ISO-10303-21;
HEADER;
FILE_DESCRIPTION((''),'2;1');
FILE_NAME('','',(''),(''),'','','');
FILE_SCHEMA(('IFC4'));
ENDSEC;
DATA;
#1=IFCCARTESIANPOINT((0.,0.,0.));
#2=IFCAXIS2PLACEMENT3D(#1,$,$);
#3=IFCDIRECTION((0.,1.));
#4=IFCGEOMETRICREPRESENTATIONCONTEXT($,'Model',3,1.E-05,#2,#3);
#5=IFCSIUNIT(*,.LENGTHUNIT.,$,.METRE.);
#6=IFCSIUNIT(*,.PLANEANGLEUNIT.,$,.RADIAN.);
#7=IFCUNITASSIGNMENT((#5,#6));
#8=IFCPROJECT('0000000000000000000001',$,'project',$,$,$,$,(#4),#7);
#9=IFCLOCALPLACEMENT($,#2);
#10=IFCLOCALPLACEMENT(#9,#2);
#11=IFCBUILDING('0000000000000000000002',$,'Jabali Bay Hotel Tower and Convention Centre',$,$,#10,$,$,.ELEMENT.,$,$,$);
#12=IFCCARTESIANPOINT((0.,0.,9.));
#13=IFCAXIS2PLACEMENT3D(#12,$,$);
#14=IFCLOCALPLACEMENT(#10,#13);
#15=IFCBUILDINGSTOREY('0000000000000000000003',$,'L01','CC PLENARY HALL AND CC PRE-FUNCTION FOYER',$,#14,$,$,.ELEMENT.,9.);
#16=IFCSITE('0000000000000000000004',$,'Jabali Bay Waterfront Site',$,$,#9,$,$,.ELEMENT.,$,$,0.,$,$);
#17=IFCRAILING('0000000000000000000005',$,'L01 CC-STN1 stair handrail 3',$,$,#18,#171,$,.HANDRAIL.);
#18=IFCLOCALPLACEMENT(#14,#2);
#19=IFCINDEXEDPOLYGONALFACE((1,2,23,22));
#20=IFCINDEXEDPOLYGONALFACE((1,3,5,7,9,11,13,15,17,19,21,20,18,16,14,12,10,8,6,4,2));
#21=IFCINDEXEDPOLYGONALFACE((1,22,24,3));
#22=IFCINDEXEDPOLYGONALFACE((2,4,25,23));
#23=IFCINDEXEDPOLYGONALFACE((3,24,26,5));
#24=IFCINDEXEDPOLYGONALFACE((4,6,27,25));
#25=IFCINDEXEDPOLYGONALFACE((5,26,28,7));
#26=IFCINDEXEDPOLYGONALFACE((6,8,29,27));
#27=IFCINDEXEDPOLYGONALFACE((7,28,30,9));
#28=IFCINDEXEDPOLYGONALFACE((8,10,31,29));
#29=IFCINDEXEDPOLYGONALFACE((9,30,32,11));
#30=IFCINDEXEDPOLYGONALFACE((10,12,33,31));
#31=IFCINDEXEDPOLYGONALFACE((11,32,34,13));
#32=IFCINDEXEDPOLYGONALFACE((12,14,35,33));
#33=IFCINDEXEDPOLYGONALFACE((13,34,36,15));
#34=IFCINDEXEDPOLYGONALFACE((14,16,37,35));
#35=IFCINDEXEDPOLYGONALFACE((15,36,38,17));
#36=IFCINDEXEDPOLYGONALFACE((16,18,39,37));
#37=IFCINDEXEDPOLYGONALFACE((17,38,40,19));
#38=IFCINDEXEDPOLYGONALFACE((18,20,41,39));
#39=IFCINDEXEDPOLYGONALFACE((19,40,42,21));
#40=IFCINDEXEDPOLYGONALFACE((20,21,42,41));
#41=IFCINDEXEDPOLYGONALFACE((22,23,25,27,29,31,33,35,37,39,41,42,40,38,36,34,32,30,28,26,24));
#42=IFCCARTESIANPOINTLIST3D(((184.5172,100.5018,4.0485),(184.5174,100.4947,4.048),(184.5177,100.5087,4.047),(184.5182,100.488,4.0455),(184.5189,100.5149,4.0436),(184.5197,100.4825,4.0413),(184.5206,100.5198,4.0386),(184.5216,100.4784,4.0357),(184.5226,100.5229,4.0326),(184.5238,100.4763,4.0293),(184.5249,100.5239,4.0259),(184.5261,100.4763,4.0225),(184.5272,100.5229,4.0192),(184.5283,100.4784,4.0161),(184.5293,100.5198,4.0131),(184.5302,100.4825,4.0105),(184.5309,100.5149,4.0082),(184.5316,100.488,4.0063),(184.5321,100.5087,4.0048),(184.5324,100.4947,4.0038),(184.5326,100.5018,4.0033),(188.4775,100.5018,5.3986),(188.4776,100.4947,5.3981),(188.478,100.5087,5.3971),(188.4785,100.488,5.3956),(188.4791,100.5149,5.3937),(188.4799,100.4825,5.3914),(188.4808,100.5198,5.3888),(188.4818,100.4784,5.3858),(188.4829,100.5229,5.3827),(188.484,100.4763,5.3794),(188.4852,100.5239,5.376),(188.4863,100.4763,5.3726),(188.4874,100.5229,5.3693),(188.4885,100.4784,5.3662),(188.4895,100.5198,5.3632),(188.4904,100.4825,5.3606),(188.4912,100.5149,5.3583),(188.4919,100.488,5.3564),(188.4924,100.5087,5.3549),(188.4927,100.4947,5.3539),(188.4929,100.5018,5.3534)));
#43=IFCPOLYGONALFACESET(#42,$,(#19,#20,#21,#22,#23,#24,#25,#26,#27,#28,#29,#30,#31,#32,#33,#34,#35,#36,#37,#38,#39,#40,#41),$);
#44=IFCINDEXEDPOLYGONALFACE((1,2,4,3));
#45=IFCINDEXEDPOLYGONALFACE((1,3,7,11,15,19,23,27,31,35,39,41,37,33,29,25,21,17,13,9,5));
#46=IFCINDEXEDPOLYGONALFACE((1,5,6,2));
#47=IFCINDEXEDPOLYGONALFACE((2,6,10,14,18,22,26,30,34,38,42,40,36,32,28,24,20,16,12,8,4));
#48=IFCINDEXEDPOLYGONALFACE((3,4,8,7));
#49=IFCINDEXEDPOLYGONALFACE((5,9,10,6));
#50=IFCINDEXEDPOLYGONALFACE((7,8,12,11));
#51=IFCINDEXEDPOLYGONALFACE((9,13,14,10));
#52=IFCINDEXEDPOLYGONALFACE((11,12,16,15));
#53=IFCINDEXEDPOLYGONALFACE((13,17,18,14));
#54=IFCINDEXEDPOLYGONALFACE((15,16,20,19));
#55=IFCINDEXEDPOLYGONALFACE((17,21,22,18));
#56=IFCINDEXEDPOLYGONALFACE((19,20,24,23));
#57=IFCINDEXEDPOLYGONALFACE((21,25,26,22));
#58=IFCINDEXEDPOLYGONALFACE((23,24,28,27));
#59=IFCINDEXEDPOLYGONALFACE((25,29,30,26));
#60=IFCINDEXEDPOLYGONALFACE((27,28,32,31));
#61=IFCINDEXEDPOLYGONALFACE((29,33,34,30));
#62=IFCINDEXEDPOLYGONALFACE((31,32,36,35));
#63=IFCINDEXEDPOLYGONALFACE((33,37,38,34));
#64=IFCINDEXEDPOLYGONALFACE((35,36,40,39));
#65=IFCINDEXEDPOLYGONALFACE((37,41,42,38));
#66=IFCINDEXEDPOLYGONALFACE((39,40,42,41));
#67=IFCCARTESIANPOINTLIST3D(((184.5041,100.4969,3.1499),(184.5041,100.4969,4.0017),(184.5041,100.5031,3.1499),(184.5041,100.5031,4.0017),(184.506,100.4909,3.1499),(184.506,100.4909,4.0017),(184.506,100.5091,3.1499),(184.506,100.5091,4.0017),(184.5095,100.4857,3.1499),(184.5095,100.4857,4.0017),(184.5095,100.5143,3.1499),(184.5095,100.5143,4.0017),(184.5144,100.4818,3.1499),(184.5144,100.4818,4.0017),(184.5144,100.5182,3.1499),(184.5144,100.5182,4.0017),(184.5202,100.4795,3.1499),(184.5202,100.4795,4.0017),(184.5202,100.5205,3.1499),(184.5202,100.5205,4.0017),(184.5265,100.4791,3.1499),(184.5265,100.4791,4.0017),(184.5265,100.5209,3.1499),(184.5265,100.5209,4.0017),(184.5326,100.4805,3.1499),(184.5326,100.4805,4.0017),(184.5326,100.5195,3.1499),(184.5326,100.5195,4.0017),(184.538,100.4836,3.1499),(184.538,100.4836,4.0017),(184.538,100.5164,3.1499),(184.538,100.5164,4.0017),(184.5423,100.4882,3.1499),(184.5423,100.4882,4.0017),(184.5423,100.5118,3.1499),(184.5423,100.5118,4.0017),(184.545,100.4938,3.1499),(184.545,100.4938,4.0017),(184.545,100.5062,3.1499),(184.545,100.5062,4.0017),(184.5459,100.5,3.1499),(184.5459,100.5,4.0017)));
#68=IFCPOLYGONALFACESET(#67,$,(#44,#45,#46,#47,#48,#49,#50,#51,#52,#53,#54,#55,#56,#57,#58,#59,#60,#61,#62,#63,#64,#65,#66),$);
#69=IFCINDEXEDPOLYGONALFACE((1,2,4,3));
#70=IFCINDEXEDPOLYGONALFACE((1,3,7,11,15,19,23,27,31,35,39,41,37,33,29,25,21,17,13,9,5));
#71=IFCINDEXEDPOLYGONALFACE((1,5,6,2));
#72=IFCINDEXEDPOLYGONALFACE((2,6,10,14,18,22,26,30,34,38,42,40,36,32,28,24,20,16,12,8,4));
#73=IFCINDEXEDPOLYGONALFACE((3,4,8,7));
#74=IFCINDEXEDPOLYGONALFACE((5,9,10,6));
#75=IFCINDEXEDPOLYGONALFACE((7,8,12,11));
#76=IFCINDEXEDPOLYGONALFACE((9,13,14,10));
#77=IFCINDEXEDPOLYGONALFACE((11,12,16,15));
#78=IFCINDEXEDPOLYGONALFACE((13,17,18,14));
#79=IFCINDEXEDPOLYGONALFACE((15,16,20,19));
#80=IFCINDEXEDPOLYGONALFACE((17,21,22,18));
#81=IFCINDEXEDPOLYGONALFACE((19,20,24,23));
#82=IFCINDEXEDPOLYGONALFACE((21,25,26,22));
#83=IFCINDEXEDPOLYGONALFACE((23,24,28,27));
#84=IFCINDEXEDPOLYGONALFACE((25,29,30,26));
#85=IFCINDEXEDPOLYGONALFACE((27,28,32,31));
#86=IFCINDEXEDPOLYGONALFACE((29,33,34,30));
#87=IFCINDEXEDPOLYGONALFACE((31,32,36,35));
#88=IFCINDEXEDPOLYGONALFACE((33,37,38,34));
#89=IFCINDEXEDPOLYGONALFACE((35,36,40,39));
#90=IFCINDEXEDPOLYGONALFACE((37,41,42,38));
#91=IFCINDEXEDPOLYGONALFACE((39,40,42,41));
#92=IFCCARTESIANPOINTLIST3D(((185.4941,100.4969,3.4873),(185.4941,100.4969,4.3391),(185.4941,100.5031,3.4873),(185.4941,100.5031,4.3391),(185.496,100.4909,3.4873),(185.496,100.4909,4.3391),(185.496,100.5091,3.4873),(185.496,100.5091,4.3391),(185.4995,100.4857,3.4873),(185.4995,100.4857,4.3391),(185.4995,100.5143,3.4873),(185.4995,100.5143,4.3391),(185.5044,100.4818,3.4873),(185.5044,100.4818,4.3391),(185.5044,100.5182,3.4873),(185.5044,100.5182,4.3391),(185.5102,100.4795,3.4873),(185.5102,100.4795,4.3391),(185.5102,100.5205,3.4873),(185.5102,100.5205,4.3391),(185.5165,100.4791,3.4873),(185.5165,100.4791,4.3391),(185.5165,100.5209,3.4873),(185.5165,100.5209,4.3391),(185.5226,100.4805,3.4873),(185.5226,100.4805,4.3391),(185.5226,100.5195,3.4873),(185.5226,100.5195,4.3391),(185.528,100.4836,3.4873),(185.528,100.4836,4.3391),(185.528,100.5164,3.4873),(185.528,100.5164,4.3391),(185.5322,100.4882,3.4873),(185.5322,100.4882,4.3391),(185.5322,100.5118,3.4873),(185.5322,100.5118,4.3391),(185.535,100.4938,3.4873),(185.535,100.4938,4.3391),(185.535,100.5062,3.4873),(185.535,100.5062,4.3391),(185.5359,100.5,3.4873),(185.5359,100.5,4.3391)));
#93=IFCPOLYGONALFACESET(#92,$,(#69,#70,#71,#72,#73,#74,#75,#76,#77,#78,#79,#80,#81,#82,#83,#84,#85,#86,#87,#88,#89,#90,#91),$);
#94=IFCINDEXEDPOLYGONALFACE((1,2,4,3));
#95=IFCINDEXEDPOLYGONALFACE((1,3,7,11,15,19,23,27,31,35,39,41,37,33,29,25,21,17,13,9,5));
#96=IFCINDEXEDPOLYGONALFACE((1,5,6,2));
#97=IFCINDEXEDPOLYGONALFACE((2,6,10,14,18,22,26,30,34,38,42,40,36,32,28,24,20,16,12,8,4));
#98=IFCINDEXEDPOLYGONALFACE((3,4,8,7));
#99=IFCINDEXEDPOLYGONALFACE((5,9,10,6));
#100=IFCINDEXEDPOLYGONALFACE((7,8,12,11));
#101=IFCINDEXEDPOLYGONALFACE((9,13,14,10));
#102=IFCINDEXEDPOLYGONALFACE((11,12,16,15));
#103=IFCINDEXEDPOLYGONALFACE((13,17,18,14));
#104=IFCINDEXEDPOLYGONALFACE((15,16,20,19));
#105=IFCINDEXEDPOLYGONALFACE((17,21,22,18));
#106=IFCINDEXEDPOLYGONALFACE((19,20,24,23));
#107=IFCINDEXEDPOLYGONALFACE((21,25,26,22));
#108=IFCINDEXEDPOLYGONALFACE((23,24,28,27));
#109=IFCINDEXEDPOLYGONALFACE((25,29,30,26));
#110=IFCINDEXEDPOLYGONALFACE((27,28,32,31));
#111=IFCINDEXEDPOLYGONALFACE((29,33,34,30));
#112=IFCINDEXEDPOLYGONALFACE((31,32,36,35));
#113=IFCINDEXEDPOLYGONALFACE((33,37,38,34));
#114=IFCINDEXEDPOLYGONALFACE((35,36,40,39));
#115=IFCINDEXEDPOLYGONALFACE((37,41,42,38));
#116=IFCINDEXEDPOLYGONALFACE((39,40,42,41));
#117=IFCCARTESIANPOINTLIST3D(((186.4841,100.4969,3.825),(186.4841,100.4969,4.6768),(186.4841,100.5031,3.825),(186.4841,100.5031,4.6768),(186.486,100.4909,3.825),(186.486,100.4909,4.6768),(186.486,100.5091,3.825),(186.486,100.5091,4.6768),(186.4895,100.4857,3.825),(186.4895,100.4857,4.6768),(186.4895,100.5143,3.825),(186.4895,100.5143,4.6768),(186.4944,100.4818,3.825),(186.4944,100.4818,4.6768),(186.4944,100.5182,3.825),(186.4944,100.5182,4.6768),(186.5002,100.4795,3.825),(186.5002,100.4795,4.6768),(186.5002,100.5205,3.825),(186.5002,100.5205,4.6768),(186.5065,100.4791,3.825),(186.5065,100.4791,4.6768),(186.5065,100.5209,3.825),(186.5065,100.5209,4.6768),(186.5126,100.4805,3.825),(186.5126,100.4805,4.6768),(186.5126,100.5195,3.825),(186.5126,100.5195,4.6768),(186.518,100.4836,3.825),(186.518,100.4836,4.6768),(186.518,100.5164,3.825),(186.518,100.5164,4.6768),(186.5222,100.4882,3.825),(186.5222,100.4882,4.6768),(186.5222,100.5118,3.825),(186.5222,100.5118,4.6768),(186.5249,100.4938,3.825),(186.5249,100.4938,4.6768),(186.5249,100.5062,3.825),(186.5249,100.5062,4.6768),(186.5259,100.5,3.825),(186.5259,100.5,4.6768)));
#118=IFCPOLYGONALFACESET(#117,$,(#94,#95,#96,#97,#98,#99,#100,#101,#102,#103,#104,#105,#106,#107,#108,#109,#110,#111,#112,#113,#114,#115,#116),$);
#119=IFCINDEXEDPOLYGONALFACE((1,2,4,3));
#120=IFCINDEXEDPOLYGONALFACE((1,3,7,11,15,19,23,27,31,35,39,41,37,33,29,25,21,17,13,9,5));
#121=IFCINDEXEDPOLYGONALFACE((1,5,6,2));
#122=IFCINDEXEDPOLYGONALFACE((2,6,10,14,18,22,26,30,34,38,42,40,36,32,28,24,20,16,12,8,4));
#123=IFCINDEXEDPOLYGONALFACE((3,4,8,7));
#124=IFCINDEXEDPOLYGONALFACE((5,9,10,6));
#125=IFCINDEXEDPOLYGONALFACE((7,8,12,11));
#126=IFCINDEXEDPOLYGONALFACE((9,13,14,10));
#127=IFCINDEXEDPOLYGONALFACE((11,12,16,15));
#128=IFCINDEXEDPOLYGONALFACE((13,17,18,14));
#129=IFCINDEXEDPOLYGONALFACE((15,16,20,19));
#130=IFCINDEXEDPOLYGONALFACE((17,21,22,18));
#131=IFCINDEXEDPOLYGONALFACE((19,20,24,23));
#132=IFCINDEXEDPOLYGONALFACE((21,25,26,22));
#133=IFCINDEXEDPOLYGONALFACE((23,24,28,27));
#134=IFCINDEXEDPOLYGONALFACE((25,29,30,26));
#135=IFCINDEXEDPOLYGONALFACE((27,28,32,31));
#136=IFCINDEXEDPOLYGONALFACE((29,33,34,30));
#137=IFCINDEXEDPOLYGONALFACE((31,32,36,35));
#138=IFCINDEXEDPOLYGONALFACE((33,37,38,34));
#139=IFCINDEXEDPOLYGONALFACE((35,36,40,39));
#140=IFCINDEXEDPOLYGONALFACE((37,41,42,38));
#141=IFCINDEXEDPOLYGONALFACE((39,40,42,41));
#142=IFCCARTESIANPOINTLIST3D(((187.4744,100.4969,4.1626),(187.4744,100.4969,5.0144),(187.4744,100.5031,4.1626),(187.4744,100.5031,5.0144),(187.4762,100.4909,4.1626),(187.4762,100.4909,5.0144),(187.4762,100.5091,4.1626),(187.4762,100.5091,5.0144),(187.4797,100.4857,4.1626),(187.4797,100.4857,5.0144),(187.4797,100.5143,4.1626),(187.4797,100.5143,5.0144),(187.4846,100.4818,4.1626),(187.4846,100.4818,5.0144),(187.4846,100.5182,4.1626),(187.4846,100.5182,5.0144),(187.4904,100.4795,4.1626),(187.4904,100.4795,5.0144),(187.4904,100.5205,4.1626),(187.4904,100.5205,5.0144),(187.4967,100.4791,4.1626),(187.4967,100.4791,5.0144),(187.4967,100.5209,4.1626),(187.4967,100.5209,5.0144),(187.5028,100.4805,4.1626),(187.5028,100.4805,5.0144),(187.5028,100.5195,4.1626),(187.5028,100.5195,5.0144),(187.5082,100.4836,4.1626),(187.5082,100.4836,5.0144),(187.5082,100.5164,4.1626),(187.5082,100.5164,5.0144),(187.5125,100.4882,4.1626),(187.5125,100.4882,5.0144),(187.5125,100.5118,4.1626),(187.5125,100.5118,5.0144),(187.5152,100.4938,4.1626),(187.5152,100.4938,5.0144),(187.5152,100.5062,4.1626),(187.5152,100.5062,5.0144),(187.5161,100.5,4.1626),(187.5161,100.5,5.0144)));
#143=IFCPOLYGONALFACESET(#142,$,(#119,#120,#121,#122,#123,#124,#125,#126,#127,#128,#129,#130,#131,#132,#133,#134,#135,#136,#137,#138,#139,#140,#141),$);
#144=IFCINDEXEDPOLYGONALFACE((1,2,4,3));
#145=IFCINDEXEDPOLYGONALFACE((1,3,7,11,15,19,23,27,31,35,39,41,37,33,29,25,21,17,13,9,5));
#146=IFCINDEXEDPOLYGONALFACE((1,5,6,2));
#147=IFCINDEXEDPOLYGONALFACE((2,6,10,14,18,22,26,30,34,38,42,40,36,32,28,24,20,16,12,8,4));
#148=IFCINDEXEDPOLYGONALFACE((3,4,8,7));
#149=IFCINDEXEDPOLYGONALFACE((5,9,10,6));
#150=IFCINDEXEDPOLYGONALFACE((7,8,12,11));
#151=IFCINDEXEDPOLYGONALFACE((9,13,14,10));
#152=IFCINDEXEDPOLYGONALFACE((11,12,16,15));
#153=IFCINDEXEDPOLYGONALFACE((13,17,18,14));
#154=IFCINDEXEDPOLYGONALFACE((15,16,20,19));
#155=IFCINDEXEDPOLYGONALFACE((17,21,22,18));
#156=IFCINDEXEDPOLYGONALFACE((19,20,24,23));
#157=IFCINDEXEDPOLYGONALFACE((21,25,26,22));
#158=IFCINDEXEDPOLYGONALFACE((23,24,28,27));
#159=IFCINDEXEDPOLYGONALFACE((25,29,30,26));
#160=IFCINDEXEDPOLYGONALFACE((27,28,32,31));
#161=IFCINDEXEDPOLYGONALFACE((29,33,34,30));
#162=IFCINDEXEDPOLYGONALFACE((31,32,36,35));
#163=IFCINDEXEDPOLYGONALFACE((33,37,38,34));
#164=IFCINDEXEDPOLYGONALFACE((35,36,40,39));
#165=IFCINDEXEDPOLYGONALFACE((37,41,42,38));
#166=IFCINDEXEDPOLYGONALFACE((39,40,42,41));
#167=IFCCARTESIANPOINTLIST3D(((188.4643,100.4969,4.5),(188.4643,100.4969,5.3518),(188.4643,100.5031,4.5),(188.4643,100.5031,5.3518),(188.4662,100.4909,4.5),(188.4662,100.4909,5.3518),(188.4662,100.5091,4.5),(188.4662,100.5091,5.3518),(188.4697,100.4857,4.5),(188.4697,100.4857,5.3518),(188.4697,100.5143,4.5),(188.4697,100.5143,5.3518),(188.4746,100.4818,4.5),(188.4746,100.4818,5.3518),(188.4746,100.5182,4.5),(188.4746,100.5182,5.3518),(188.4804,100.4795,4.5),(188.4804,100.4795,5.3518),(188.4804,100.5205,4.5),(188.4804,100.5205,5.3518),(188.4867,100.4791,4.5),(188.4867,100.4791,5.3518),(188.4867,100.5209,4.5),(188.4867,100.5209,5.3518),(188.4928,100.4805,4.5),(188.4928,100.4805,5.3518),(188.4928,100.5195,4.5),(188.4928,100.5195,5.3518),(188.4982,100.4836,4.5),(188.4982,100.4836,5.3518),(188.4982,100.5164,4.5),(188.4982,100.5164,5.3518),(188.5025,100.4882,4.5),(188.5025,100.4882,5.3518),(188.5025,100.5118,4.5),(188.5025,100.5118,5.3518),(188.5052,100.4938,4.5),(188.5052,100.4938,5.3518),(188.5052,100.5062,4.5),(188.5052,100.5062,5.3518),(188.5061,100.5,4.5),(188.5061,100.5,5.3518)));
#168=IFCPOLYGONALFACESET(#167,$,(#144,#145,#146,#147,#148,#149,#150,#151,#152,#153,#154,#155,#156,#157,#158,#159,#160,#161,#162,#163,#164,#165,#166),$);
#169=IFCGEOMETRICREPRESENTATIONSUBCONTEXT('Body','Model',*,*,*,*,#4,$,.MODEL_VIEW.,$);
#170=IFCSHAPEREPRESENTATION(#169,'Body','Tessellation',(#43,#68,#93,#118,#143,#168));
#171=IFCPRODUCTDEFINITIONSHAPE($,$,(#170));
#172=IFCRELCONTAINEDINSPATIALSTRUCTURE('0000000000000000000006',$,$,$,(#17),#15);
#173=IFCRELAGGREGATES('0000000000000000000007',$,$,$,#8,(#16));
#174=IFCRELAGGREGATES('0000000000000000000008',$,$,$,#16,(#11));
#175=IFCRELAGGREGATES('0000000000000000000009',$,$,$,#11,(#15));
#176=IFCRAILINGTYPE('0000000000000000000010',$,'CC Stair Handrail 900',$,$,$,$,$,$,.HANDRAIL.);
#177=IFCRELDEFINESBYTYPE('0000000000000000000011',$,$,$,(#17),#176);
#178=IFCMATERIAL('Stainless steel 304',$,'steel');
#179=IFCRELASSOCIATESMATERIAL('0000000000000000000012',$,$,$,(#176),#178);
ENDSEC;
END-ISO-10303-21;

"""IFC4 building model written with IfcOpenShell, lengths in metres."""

from ifc_helpers import new_model, si_unit, direction, frame, origin, origin_2d, place, context, subcontext, project, spatial, circle, extrude, material, type_object, element, save


model = new_model("IFC4")

# Units and contexts
model_context = context("Model", 3, precision=1e-05, world=origin(), true_north=direction((0.0, 1.0)))
body_context = subcontext(model_context, "Body", "Model", "MODEL_VIEW")
ifc_project = project(units=[si_unit("LENGTHUNIT", "METRE"), si_unit("PLANEANGLEUNIT", "RADIAN")], contexts=[model_context])

# Site, building, storey
site_placement = place(None, origin())
site = spatial("IfcSite", under=ifc_project, at=site_placement, Name="Jabali Bay Waterfront Site", CompositionType="ELEMENT", RefElevation=0.0)
building_placement = place(site_placement, origin())
building = spatial("IfcBuilding", under=site, at=building_placement, Name="Jabali Bay Hotel Tower and Convention Centre", CompositionType="ELEMENT")
storey_placement = place(building_placement, frame((0.0, 0.0, 9.0)))
storey = spatial("IfcBuildingStorey", under=building, at=storey_placement, Name="L01", Description="CC PLENARY HALL AND CC PRE-FUNCTION FOYER", CompositionType="ELEMENT", Elevation=9.0)

# Railing
ifc_material_1 = material(Name="Stainless steel 304", Category="steel")
railing_type_1 = type_object("IfcRailingType", Name="CC Stair Handrail 900", PredefinedType="HANDRAIL", material=ifc_material_1)
for number, where, name in (
    (1, (184.5249, 100.5, 3.1499), "L01 CC-STN1 stair handrail 3"),
):
    element("IfcRailing", number, at=place(storey_placement, frame(where)), inside=storey, type_object=railing_type_1, Name=name, PredefinedType="HANDRAIL", context=body_context, shape_type="SweptSolid", body=[
        extrude(circle(Radius=0.0239, at=origin_2d()), frame((0.0, 0.0, 0.876), z_axis=(0.946508, 0.0, 0.32268), x_axis=(0.0, 1.0, 0.0)), (0.0, 0.0, 1.0), 4.1841),
        extrude(circle(Radius=0.021, at=origin_2d()), origin(), (0.0, 0.0, 1.0), 0.8518),
        extrude(circle(Radius=0.021, at=origin_2d()), frame((0.99, 0.0, 0.3374)), (0.0, 0.0, 1.0), 0.8518),
        extrude(circle(Radius=0.021, at=origin_2d()), frame((1.98, 0.0, 0.675)), (0.0, 0.0, 1.0), 0.8518),
        extrude(circle(Radius=0.021, at=origin_2d()), frame((2.9702, 0.0, 1.0127)), (0.0, 0.0, 1.0), 0.8518),
        extrude(circle(Radius=0.021, at=origin_2d()), frame((3.9602, 0.0, 1.3501)), (0.0, 0.0, 1.0), 0.8518),
    ])

save(model, "model.ifc")
